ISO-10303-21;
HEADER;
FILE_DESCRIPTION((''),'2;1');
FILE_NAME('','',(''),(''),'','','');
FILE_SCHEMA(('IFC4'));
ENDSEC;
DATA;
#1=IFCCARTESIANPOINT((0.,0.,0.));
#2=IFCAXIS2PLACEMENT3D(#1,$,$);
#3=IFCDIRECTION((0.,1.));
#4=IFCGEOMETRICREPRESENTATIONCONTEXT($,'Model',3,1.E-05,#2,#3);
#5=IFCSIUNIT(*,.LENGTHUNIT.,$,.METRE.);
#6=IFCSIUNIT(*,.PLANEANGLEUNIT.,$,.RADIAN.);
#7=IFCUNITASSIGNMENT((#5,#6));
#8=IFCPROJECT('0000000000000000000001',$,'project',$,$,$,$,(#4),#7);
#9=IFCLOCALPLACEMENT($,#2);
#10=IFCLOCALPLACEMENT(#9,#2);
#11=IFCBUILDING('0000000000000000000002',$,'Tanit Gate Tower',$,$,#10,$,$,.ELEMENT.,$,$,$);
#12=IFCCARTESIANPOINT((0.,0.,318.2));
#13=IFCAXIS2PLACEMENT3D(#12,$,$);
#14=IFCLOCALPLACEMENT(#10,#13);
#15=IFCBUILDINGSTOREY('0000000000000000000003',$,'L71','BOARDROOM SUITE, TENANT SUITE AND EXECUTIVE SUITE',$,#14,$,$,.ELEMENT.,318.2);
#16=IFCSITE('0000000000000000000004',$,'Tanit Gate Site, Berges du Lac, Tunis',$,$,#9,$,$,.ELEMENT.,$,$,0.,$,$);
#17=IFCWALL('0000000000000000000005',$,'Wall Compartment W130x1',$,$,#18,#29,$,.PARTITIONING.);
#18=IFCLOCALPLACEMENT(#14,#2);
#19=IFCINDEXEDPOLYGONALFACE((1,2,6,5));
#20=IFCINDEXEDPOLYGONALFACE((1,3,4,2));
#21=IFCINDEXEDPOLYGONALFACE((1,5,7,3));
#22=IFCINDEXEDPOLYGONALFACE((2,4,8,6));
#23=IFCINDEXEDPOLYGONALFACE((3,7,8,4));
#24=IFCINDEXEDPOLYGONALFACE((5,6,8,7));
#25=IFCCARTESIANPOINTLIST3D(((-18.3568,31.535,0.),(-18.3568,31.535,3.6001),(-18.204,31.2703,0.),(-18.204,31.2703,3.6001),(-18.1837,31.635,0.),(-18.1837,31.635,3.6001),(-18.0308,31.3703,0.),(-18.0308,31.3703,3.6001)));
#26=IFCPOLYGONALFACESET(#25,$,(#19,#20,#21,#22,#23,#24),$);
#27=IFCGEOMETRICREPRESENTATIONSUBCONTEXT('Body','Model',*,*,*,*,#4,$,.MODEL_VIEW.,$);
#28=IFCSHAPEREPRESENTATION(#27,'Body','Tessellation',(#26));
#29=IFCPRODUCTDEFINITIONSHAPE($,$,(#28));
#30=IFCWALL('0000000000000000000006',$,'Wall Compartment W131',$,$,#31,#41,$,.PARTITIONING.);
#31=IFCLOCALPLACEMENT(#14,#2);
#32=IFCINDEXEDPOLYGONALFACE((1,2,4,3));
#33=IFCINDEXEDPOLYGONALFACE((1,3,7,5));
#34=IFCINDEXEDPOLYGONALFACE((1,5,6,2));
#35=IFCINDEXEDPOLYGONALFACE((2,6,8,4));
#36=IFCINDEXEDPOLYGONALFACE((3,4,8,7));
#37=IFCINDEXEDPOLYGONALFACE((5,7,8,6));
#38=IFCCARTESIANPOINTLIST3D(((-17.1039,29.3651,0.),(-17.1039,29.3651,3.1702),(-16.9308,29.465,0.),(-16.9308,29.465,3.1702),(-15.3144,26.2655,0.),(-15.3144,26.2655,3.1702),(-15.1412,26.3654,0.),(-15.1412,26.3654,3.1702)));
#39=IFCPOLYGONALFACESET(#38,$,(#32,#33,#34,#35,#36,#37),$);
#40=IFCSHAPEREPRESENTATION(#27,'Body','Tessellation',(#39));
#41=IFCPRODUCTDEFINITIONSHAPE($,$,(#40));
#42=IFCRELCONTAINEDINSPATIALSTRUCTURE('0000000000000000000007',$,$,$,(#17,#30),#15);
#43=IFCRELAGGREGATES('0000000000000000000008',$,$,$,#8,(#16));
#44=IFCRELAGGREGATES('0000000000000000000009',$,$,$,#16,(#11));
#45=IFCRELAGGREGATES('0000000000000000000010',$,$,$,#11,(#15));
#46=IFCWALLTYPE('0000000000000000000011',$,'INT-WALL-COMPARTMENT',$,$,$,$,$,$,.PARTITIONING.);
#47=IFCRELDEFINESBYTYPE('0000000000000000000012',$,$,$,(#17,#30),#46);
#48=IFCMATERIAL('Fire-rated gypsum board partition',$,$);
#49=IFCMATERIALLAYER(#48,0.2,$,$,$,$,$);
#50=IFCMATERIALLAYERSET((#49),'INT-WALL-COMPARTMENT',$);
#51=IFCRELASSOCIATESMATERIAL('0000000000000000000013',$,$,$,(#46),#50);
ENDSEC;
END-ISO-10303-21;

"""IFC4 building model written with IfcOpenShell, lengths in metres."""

from ifc_helpers import new_model, si_unit, direction, frame, frame_2d, origin, place, context, subcontext, project, spatial, rectangle, extrude, material, layer, layer_set, type_object, element, save


model = new_model("IFC4")

# Units and contexts
model_context = context("Model", 3, precision=1e-05, world=origin(), true_north=direction((0.0, 1.0)))
body_context = subcontext(model_context, "Body", "Model", "MODEL_VIEW")
ifc_project = project(units=[si_unit("LENGTHUNIT", "METRE"), si_unit("PLANEANGLEUNIT", "RADIAN")], contexts=[model_context])

# Site, building, storey
site_placement = place(None, origin())
site = spatial("IfcSite", under=ifc_project, at=site_placement, Name="Tanit Gate Site, Berges du Lac, Tunis", CompositionType="ELEMENT", RefElevation=0.0)
building_placement = place(site_placement, origin())
building = spatial("IfcBuilding", under=site, at=building_placement, Name="Tanit Gate Tower", CompositionType="ELEMENT")
storey_placement = place(building_placement, frame((0.0, 0.0, 318.2)))
storey = spatial("IfcBuildingStorey", under=building, at=storey_placement, Name="L71", Description="BOARDROOM SUITE, TENANT SUITE AND EXECUTIVE SUITE", CompositionType="ELEMENT", Elevation=318.2)

# Shared definitions
ifc_material_1 = material(Name="Fire-rated gypsum board partition")
ifc_layer_1 = layer(ifc_material_1, 0.2)
ifc_layer_set_1 = layer_set([ifc_layer_1], Name="INT-WALL-COMPARTMENT")
wall_type_1 = type_object("IfcWallType", Name="INT-WALL-COMPARTMENT", PredefinedType="PARTITIONING", material=ifc_layer_set_1)

# Walls
wall_1_placement = place(storey_placement, frame((-18.2703, 31.585, 0.0), z_axis=(0.0, 0.0, 1.0), x_axis=(0.500091, -0.865973, 0.0)))
element("IfcWall", 1, at=wall_1_placement, inside=storey, type_object=wall_type_1, Name="Wall Compartment W130x1", PredefinedType="PARTITIONING", context=body_context, shape_type="SweptSolid", body=[
    extrude(rectangle(XDim=0.3057, YDim=0.2, at=frame_2d((0.1528, 0.0))), origin(), (0.0, 0.0, 1.0), 3.6001),
])
wall_2_placement = place(storey_placement, frame((-17.0173, 29.415, 0.0), z_axis=(0.0, 0.0, 1.0), x_axis=(0.499998, -0.866027, 0.0)))
element("IfcWall", 2, at=wall_2_placement, inside=storey, type_object=wall_type_1, Name="Wall Compartment W131", PredefinedType="PARTITIONING", context=body_context, shape_type="SweptSolid", body=[
    extrude(rectangle(XDim=3.5791, YDim=0.2, at=frame_2d((1.7896, 0.0))), origin(), (0.0, 0.0, 1.0), 3.1702),
])

save(model, "model.ifc")
